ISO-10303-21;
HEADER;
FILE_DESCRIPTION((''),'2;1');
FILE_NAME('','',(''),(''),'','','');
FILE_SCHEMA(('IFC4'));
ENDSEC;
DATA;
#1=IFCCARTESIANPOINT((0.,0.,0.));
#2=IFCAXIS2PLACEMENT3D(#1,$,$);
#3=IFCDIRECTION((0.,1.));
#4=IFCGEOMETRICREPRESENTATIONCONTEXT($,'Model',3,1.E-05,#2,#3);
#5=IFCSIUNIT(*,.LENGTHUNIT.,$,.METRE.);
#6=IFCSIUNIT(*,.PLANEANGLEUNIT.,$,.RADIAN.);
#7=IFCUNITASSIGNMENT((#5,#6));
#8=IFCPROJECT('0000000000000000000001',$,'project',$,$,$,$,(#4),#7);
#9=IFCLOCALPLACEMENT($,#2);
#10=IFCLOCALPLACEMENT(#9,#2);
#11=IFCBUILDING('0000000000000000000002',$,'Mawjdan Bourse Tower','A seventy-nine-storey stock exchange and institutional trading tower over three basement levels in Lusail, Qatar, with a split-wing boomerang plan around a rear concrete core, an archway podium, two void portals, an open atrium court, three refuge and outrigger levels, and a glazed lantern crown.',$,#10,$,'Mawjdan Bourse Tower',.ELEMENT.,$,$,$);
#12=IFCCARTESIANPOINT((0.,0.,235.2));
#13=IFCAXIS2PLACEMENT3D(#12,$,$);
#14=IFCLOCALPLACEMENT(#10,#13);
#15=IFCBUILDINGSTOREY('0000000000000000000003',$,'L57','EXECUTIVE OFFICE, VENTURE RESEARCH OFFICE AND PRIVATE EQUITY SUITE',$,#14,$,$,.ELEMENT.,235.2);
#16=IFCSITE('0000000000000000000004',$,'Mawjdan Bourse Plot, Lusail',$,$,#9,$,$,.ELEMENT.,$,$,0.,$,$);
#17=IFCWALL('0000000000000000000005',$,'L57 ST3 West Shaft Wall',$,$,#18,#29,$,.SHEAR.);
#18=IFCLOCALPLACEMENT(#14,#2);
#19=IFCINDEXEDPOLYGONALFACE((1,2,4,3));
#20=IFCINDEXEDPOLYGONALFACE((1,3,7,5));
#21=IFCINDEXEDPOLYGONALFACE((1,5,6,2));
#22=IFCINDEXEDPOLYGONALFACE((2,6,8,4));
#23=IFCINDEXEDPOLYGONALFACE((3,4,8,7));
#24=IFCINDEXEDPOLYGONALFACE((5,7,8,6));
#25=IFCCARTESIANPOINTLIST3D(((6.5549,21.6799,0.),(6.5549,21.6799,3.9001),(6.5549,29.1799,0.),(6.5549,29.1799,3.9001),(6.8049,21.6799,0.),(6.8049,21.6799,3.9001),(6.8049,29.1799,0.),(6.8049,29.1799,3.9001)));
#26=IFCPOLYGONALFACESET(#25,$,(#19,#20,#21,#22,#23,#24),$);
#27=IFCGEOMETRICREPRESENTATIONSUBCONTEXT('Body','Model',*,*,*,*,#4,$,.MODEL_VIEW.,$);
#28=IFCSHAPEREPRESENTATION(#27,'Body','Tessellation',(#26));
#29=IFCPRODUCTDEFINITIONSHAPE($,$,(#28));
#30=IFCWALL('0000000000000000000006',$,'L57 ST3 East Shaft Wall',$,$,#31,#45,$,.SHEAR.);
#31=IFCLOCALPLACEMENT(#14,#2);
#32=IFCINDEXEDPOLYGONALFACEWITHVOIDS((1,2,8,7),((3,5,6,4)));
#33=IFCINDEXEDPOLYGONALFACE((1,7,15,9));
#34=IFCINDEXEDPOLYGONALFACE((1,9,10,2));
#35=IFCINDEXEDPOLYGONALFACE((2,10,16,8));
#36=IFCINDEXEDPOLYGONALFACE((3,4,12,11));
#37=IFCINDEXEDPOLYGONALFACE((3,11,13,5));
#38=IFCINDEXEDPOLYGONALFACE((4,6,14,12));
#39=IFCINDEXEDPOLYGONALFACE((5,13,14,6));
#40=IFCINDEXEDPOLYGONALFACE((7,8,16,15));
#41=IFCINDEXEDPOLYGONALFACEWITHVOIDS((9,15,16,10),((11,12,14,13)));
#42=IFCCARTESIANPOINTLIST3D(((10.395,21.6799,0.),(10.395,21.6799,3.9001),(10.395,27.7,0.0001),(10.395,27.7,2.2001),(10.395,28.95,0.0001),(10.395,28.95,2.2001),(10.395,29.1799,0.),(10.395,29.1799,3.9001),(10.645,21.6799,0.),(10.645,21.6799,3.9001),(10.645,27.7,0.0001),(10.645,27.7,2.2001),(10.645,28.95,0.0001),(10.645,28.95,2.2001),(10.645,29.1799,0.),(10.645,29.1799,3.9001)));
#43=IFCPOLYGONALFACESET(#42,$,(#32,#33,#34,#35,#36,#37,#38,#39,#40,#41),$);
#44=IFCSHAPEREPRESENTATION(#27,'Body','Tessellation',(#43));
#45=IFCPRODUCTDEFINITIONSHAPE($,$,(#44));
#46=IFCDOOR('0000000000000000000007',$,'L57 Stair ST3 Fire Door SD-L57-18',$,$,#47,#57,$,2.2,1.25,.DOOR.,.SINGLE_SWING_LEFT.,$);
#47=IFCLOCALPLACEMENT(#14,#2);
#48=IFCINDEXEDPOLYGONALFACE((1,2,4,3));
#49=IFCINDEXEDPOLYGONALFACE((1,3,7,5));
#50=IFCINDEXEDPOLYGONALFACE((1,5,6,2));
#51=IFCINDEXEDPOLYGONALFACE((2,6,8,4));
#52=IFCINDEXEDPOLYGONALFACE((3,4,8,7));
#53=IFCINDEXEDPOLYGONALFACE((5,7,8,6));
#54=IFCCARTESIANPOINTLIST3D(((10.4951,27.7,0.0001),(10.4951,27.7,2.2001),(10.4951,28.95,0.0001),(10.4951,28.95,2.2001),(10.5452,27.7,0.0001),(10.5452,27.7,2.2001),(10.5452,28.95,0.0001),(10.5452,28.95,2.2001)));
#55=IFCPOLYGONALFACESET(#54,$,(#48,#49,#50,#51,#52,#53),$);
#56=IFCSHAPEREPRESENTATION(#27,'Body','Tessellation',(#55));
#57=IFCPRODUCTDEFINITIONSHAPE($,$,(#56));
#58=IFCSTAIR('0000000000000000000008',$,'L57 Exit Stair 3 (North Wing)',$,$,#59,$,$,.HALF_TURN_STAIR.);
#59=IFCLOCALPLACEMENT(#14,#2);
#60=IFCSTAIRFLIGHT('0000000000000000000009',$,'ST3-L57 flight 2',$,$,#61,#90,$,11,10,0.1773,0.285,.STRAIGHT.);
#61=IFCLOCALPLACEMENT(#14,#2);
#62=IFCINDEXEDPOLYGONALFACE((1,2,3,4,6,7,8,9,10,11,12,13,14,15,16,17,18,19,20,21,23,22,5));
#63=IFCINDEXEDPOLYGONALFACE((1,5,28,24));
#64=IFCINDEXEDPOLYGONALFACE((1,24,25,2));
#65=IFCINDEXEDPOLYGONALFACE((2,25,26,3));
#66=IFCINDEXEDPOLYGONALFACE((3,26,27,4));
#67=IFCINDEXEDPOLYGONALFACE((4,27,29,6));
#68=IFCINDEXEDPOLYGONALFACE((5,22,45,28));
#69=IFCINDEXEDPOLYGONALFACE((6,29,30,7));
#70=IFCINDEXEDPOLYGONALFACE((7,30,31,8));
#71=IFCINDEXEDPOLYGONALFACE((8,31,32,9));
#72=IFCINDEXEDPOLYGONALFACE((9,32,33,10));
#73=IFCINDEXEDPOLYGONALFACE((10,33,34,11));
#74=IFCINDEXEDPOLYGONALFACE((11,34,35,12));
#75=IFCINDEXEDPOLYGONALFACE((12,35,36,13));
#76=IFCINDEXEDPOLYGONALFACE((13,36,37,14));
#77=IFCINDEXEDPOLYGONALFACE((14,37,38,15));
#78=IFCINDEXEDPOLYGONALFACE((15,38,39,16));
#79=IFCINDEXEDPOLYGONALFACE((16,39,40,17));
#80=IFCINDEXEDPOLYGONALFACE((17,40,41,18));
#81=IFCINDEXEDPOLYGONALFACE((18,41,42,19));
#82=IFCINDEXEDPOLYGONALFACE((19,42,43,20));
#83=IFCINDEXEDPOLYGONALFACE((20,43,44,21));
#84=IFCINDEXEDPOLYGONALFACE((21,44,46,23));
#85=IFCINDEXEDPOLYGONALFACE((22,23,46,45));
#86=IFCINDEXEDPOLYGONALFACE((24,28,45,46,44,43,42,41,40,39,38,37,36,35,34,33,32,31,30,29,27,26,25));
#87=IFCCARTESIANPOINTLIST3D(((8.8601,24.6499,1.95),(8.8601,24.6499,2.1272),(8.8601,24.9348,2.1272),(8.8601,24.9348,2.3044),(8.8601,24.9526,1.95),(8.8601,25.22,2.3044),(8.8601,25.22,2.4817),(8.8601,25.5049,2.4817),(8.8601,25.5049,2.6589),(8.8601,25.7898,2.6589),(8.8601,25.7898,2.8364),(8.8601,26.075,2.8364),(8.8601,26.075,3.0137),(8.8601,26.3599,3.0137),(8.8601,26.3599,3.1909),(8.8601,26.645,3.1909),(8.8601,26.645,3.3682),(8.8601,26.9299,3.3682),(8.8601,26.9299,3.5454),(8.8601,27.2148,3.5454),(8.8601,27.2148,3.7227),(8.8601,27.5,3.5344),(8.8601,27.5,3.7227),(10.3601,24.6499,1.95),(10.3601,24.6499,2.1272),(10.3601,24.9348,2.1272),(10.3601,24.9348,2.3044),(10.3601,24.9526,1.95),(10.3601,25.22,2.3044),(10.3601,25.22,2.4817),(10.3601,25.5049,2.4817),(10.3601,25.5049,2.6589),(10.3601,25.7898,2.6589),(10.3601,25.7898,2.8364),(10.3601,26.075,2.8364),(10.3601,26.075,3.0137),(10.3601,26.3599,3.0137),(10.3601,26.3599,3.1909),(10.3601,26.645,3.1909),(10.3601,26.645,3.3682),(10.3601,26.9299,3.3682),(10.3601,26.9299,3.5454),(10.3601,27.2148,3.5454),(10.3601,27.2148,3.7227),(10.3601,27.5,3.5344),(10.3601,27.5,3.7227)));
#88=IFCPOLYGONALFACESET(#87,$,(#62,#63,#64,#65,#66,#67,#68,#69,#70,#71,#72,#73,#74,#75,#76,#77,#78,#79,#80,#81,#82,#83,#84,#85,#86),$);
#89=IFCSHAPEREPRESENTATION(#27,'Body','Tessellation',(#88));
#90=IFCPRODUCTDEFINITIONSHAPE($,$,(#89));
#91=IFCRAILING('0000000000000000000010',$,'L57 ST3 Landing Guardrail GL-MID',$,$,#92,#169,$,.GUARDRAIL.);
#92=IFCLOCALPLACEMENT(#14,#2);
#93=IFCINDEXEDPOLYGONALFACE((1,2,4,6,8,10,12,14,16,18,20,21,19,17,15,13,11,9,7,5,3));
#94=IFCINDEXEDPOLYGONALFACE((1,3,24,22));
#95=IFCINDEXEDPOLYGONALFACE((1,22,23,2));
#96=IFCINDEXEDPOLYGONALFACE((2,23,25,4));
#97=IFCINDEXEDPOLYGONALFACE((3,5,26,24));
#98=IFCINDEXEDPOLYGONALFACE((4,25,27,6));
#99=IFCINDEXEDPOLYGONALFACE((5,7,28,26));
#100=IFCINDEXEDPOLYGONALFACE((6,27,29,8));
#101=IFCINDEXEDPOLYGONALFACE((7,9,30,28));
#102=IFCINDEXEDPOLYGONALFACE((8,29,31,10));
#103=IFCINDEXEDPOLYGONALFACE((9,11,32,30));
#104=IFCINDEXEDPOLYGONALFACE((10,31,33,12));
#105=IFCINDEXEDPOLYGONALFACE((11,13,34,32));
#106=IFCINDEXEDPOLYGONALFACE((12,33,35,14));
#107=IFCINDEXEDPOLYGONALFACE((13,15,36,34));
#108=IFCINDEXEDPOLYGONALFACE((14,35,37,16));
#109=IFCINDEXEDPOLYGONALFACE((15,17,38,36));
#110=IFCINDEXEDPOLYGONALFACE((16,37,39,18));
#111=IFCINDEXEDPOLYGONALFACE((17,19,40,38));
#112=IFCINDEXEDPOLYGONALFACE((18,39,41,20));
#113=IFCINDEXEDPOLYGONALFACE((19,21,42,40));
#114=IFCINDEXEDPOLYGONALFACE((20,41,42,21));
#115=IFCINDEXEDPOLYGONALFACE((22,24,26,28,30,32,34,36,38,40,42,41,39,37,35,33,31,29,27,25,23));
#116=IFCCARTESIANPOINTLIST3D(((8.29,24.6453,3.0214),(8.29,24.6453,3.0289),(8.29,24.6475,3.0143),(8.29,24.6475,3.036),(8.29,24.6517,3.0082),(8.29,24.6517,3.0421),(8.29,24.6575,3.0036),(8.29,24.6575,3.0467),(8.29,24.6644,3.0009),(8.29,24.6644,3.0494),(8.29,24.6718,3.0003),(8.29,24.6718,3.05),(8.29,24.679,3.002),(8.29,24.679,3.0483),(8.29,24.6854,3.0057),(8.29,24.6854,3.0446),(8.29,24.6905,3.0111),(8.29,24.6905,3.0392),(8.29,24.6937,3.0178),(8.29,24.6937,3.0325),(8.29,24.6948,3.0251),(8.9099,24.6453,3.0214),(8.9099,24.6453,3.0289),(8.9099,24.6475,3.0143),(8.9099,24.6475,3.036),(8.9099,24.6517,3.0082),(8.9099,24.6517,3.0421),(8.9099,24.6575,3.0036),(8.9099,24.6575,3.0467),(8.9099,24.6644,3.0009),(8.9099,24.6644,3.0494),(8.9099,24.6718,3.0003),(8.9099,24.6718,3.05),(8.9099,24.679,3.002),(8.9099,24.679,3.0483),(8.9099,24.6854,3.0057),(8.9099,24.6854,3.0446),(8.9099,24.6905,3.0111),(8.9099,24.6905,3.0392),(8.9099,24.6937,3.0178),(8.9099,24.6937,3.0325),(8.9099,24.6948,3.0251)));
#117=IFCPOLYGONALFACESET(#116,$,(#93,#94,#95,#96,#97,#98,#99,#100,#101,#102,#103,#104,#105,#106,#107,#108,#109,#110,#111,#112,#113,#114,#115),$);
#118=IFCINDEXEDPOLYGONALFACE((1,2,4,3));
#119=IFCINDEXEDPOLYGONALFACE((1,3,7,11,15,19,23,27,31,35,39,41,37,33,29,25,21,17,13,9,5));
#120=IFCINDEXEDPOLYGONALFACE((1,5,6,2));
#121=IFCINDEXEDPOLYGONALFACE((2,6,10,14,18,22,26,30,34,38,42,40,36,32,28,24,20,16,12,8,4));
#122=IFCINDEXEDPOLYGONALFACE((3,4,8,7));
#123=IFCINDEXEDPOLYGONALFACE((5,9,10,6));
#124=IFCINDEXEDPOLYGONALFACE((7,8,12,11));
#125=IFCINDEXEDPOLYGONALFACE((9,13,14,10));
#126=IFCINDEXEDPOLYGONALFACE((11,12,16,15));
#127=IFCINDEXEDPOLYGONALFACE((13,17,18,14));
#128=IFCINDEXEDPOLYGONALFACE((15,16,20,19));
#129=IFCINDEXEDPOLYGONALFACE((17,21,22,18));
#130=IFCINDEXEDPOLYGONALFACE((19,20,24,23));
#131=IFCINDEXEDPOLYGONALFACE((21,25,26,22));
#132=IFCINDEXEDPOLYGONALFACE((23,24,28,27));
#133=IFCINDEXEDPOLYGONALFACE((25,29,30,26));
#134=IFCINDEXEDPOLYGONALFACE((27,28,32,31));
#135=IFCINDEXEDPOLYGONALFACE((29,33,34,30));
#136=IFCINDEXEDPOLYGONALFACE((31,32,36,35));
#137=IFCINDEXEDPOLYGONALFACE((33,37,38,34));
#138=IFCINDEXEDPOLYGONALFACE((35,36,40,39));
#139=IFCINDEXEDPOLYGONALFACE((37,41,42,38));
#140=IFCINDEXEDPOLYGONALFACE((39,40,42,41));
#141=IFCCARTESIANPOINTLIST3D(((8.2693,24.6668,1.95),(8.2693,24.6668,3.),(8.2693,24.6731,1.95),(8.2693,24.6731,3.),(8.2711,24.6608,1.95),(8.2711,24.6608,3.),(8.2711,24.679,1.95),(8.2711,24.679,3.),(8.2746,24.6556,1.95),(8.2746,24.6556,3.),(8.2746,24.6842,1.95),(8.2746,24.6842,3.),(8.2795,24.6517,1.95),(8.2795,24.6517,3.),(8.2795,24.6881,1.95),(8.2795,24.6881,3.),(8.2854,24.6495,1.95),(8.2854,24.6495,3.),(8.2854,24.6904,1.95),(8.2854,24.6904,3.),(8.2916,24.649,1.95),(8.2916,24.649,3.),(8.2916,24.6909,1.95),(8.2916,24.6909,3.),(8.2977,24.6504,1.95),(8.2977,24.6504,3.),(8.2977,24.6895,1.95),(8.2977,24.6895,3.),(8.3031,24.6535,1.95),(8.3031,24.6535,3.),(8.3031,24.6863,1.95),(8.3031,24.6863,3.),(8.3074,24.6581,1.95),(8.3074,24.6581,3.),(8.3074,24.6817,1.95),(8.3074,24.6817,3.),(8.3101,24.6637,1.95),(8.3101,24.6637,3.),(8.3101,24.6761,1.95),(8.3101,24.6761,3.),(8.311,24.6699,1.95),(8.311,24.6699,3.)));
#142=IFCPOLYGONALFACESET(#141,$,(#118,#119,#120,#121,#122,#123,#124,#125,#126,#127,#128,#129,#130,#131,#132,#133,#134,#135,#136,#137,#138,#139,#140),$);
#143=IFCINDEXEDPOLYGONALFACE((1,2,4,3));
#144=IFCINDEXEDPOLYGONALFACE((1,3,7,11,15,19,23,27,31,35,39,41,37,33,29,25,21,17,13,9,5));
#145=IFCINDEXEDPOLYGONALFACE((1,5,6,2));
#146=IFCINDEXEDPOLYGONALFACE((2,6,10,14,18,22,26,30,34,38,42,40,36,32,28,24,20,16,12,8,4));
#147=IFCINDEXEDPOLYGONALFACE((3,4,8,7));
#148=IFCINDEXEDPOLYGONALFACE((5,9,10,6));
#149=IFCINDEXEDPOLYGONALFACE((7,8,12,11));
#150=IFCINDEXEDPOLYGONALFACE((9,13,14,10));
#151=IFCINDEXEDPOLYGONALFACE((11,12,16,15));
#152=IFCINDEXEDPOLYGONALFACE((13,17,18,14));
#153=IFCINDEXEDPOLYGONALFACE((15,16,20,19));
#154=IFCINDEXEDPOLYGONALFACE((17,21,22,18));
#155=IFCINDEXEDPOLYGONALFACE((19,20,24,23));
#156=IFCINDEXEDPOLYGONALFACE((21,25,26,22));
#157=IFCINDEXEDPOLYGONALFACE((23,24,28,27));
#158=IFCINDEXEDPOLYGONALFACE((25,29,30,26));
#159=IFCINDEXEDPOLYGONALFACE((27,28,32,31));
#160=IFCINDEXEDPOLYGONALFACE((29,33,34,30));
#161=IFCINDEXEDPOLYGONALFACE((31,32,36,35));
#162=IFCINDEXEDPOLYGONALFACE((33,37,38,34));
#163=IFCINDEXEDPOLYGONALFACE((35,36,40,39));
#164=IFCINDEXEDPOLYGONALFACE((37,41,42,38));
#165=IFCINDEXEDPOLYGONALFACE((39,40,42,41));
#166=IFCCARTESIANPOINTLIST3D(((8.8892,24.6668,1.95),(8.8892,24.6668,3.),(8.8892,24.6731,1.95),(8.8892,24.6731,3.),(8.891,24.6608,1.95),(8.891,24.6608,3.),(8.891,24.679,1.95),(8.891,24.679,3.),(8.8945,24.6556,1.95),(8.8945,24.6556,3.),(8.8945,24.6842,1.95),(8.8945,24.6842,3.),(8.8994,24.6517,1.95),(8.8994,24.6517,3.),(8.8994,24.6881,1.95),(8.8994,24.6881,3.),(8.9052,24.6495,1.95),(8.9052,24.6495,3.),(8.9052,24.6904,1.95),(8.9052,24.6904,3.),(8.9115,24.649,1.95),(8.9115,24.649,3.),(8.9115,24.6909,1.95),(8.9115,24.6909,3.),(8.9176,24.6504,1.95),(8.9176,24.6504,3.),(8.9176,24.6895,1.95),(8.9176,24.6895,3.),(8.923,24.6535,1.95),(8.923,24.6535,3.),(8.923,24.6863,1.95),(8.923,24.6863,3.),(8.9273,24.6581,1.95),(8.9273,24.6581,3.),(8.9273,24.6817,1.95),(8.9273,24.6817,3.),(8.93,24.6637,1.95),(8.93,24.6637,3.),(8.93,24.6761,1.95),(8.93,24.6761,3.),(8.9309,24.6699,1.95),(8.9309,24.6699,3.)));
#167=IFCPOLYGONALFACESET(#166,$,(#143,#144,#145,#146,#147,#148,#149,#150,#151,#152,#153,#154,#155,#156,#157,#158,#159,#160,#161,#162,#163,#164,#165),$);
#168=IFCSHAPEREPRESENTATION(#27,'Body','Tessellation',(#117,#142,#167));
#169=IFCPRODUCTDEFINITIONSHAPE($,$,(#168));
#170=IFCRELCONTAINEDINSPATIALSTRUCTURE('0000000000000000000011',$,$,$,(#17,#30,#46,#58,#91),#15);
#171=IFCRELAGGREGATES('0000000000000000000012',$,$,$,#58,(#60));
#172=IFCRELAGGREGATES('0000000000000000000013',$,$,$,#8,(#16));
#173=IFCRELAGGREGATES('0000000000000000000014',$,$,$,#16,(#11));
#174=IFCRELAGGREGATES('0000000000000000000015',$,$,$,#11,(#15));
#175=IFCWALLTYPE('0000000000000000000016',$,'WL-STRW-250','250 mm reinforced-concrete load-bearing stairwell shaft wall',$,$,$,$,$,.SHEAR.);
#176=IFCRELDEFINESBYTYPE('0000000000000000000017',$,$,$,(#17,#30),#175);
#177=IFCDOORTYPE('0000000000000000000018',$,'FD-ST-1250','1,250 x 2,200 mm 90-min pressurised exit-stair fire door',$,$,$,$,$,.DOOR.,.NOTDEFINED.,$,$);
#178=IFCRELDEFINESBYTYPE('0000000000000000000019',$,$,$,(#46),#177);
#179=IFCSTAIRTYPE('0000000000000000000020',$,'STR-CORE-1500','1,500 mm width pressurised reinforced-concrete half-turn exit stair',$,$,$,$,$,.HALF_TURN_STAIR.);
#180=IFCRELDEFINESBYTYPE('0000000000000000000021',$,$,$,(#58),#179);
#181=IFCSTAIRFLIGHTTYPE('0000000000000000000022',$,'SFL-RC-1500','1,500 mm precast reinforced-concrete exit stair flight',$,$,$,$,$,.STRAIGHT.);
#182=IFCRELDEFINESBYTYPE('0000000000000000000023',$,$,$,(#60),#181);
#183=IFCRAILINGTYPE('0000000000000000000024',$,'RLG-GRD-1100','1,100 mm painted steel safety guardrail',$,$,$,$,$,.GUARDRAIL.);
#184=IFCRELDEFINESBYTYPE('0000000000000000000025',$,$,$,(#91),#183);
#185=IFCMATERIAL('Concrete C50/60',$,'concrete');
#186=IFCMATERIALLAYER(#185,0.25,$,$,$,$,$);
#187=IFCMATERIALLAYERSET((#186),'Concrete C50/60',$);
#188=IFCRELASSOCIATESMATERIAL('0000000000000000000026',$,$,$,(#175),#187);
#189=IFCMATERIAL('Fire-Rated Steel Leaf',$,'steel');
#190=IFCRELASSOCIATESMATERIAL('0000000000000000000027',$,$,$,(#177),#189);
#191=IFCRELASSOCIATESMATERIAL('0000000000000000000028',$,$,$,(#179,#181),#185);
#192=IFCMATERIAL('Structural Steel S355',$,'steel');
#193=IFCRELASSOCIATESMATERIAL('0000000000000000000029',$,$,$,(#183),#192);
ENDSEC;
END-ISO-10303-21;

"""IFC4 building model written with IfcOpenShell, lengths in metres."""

from ifc_helpers import new_model, si_unit, direction, frame, frame_2d, origin, origin_2d, place, context, subcontext, project, spatial, polyline, rectangle, circle, outline, extrude, material, layer, layer_set, type_object, element, fill, aggregate, save


model = new_model("IFC4")

# Units and contexts
model_context = context("Model", 3, precision=1e-05, world=origin(), true_north=direction((0.0, 1.0)))
body_context = subcontext(model_context, "Body", "Model", "MODEL_VIEW")
ifc_project = project(units=[si_unit("LENGTHUNIT", "METRE"), si_unit("PLANEANGLEUNIT", "RADIAN")], contexts=[model_context])

# Site, building, storey
site_placement = place(None, origin())
site = spatial("IfcSite", under=ifc_project, at=site_placement, Name="Mawjdan Bourse Plot, Lusail", CompositionType="ELEMENT", RefElevation=0.0)
building_placement = place(site_placement, origin())
building = spatial("IfcBuilding", under=site, at=building_placement, Name="Mawjdan Bourse Tower", Description="A seventy-nine-storey stock exchange and institutional trading tower over three basement levels in Lusail, Qatar, with a split-wing boomerang plan around a rear concrete core, an archway podium, two void portals, an open atrium court, three refuge and outrigger levels, and a glazed lantern crown.", LongName="Mawjdan Bourse Tower", CompositionType="ELEMENT")
storey_placement = place(building_placement, frame((0.0, 0.0, 235.2)))
storey = spatial("IfcBuildingStorey", under=building, at=storey_placement, Name="L57", Description="EXECUTIVE OFFICE, VENTURE RESEARCH OFFICE AND PRIVATE EQUITY SUITE", CompositionType="ELEMENT", Elevation=235.2)

# Shared definitions
ifc_material_1 = material(Name="Structural Steel S355", Category="steel")

# Wall
ifc_material_2 = material(Name="Concrete C50/60", Category="concrete")
ifc_layer_1 = layer(ifc_material_2, 0.25)
ifc_layer_set_1 = layer_set([ifc_layer_1], Name="Concrete C50/60")
wall_type_1 = type_object("IfcWallType", Name="WL-STRW-250", Description="250 mm reinforced-concrete load-bearing stairwell shaft wall", PredefinedType="SHEAR", material=ifc_layer_set_1)
wall_1_placement = place(storey_placement, frame((6.6799, 21.6799, 0.0), z_axis=(0.0, 0.0, 1.0), x_axis=(0.0, 1.0, 0.0)))
element("IfcWall", 1, at=wall_1_placement, inside=storey, type_object=wall_type_1, Name="L57 ST3 West Shaft Wall", PredefinedType="SHEAR", context=body_context, shape_type="SweptSolid", body=[
    extrude(rectangle(XDim=7.5, YDim=0.25, at=frame_2d((3.75, 0.0))), origin(), (0.0, 0.0, 1.0), 3.9001),
])

# Wall, opening, door
wall_2_placement = place(storey_placement, frame((10.52, 21.6799, 0.0), z_axis=(0.0, 0.0, 1.0), x_axis=(0.0, 1.0, 0.0)))
wall_2 = element("IfcWall", 2, at=wall_2_placement, inside=storey, type_object=wall_type_1, Name="L57 ST3 East Shaft Wall", PredefinedType="SHEAR", context=body_context, shape_type="SweptSolid", body=[
    extrude(rectangle(XDim=7.5, YDim=0.25, at=frame_2d((3.75, 0.0))), origin(), (0.0, 0.0, 1.0), 3.9001),
])
opening_1_placement = place(wall_2_placement, frame((6.02, 0.0, 0.0)))
opening_1 = element("IfcOpeningElement", 3, at=opening_1_placement, cuts=wall_2, PredefinedType="OPENING", context=body_context, shape_type="SweptSolid", body=[
    extrude(rectangle(XDim=1.25, YDim=2.2, at=frame_2d((0.625, 1.1001))), frame((0.0, 0.135, 0.0), z_axis=(0.0, -1.0, 0.0), x_axis=(1.0, 0.0, 0.0)), (0.0, 0.0, 1.0), 0.27),
])
ifc_material_3 = material(Name="Fire-Rated Steel Leaf", Category="steel")
door_type_1 = type_object("IfcDoorType", Name="FD-ST-1250", Description="1,250 x 2,200 mm 90-min pressurised exit-stair fire door", OperationType="NOTDEFINED", PredefinedType="DOOR", material=ifc_material_3)
door_1_placement = place(opening_1_placement, origin())
door_1 = element("IfcDoor", 4, at=door_1_placement, inside=storey, type_object=door_type_1, Name="L57 Stair ST3 Fire Door SD-L57-18", OperationType="SINGLE_SWING_LEFT", OverallHeight=2.2, OverallWidth=1.25, PredefinedType="DOOR", context=body_context, shape_type="SweptSolid", body=[
    extrude(rectangle(XDim=1.25, YDim=2.2, at=frame_2d((0.625, 1.1001))), frame((0.0, 0.0249, 0.0), z_axis=(0.0, -1.0, 0.0), x_axis=(1.0, 0.0, 0.0)), (0.0, 0.0, 1.0), 0.05),
])
fill(opening_1, door_1)

# Stair, stair flight
stair_type = type_object("IfcStairType", Name="STR-CORE-1500", Description="1,500 mm width pressurised reinforced-concrete half-turn exit stair", PredefinedType="HALF_TURN_STAIR", material=ifc_material_2)
stair_placement = place(storey_placement, origin())
stair = element("IfcStair", 5, at=stair_placement, inside=storey, type_object=stair_type, Name="L57 Exit Stair 3 (North Wing)", PredefinedType="HALF_TURN_STAIR")
stair_flight_type = type_object("IfcStairFlightType", Name="SFL-RC-1500", Description="1,500 mm precast reinforced-concrete exit stair flight", PredefinedType="STRAIGHT", material=ifc_material_2)
stair_flight_placement = place(storey_placement, frame((9.6101, 24.6499, 1.95), z_axis=(0.0, 0.0, 1.0), x_axis=(0.0, 1.0, 0.0)))
stair_flight = element("IfcStairFlight", 6, at=stair_flight_placement, type_object=stair_flight_type, Name="ST3-L57 flight 2", NumberOfRisers=11, NumberOfTreads=10, PredefinedType="STRAIGHT", RiserHeight=0.1773, TreadLength=0.285, context=body_context, shape_type="SweptSolid", body=[
    extrude(outline(polyline([(0.0, 0.0), (0.0, 0.1772), (0.2849, 0.1772), (0.2849, 0.3545), (0.5701, 0.3545), (0.5701, 0.5317), (0.855, 0.5317), (0.855, 0.709), (1.1399, 0.709), (1.1399, 0.8865), (1.425, 0.8865), (1.425, 1.0637), (1.71, 1.0637), (1.71, 1.241), (1.9951, 1.241), (1.9951, 1.4182), (2.28, 1.4182), (2.28, 1.5955), (2.5649, 1.5955), (2.5649, 1.7727), (2.8501, 1.7727), (2.8501, 1.95), (2.8501, 1.5845), (0.3027, 0.0), (0.0, 0.0)])), frame((0.0, 0.75, 0.0), z_axis=(0.0, -1.0, 0.0), x_axis=(1.0, 0.0, 0.0)), (0.0, 0.0, 1.0), 1.5),
])
aggregate(stair, [stair_flight])

# Railing
railing_type_1 = type_object("IfcRailingType", Name="RLG-GRD-1100", Description="1,100 mm painted steel safety guardrail", PredefinedType="GUARDRAIL", material=ifc_material_1)
railing_1_placement = place(storey_placement, frame((8.29, 24.6699, 1.95)))
element("IfcRailing", 7, at=railing_1_placement, inside=storey, type_object=railing_type_1, Name="L57 ST3 Landing Guardrail GL-MID", PredefinedType="GUARDRAIL", context=body_context, shape_type="SweptSolid", body=[
    extrude(circle(Radius=0.0249, at=origin_2d()), frame((0.0, 0.0, 1.0752), z_axis=(1.0, 0.0, 0.0), x_axis=(0.0, 1.0, 0.0)), (0.0, 0.0, 1.0), 0.6199),
    extrude(circle(Radius=0.021, at=origin_2d()), origin(), (0.0, 0.0, 1.0), 1.05),
    extrude(circle(Radius=0.021, at=origin_2d()), frame((0.6199, 0.0, 0.0)), (0.0, 0.0, 1.0), 1.05),
])

save(model, "model.ifc")
